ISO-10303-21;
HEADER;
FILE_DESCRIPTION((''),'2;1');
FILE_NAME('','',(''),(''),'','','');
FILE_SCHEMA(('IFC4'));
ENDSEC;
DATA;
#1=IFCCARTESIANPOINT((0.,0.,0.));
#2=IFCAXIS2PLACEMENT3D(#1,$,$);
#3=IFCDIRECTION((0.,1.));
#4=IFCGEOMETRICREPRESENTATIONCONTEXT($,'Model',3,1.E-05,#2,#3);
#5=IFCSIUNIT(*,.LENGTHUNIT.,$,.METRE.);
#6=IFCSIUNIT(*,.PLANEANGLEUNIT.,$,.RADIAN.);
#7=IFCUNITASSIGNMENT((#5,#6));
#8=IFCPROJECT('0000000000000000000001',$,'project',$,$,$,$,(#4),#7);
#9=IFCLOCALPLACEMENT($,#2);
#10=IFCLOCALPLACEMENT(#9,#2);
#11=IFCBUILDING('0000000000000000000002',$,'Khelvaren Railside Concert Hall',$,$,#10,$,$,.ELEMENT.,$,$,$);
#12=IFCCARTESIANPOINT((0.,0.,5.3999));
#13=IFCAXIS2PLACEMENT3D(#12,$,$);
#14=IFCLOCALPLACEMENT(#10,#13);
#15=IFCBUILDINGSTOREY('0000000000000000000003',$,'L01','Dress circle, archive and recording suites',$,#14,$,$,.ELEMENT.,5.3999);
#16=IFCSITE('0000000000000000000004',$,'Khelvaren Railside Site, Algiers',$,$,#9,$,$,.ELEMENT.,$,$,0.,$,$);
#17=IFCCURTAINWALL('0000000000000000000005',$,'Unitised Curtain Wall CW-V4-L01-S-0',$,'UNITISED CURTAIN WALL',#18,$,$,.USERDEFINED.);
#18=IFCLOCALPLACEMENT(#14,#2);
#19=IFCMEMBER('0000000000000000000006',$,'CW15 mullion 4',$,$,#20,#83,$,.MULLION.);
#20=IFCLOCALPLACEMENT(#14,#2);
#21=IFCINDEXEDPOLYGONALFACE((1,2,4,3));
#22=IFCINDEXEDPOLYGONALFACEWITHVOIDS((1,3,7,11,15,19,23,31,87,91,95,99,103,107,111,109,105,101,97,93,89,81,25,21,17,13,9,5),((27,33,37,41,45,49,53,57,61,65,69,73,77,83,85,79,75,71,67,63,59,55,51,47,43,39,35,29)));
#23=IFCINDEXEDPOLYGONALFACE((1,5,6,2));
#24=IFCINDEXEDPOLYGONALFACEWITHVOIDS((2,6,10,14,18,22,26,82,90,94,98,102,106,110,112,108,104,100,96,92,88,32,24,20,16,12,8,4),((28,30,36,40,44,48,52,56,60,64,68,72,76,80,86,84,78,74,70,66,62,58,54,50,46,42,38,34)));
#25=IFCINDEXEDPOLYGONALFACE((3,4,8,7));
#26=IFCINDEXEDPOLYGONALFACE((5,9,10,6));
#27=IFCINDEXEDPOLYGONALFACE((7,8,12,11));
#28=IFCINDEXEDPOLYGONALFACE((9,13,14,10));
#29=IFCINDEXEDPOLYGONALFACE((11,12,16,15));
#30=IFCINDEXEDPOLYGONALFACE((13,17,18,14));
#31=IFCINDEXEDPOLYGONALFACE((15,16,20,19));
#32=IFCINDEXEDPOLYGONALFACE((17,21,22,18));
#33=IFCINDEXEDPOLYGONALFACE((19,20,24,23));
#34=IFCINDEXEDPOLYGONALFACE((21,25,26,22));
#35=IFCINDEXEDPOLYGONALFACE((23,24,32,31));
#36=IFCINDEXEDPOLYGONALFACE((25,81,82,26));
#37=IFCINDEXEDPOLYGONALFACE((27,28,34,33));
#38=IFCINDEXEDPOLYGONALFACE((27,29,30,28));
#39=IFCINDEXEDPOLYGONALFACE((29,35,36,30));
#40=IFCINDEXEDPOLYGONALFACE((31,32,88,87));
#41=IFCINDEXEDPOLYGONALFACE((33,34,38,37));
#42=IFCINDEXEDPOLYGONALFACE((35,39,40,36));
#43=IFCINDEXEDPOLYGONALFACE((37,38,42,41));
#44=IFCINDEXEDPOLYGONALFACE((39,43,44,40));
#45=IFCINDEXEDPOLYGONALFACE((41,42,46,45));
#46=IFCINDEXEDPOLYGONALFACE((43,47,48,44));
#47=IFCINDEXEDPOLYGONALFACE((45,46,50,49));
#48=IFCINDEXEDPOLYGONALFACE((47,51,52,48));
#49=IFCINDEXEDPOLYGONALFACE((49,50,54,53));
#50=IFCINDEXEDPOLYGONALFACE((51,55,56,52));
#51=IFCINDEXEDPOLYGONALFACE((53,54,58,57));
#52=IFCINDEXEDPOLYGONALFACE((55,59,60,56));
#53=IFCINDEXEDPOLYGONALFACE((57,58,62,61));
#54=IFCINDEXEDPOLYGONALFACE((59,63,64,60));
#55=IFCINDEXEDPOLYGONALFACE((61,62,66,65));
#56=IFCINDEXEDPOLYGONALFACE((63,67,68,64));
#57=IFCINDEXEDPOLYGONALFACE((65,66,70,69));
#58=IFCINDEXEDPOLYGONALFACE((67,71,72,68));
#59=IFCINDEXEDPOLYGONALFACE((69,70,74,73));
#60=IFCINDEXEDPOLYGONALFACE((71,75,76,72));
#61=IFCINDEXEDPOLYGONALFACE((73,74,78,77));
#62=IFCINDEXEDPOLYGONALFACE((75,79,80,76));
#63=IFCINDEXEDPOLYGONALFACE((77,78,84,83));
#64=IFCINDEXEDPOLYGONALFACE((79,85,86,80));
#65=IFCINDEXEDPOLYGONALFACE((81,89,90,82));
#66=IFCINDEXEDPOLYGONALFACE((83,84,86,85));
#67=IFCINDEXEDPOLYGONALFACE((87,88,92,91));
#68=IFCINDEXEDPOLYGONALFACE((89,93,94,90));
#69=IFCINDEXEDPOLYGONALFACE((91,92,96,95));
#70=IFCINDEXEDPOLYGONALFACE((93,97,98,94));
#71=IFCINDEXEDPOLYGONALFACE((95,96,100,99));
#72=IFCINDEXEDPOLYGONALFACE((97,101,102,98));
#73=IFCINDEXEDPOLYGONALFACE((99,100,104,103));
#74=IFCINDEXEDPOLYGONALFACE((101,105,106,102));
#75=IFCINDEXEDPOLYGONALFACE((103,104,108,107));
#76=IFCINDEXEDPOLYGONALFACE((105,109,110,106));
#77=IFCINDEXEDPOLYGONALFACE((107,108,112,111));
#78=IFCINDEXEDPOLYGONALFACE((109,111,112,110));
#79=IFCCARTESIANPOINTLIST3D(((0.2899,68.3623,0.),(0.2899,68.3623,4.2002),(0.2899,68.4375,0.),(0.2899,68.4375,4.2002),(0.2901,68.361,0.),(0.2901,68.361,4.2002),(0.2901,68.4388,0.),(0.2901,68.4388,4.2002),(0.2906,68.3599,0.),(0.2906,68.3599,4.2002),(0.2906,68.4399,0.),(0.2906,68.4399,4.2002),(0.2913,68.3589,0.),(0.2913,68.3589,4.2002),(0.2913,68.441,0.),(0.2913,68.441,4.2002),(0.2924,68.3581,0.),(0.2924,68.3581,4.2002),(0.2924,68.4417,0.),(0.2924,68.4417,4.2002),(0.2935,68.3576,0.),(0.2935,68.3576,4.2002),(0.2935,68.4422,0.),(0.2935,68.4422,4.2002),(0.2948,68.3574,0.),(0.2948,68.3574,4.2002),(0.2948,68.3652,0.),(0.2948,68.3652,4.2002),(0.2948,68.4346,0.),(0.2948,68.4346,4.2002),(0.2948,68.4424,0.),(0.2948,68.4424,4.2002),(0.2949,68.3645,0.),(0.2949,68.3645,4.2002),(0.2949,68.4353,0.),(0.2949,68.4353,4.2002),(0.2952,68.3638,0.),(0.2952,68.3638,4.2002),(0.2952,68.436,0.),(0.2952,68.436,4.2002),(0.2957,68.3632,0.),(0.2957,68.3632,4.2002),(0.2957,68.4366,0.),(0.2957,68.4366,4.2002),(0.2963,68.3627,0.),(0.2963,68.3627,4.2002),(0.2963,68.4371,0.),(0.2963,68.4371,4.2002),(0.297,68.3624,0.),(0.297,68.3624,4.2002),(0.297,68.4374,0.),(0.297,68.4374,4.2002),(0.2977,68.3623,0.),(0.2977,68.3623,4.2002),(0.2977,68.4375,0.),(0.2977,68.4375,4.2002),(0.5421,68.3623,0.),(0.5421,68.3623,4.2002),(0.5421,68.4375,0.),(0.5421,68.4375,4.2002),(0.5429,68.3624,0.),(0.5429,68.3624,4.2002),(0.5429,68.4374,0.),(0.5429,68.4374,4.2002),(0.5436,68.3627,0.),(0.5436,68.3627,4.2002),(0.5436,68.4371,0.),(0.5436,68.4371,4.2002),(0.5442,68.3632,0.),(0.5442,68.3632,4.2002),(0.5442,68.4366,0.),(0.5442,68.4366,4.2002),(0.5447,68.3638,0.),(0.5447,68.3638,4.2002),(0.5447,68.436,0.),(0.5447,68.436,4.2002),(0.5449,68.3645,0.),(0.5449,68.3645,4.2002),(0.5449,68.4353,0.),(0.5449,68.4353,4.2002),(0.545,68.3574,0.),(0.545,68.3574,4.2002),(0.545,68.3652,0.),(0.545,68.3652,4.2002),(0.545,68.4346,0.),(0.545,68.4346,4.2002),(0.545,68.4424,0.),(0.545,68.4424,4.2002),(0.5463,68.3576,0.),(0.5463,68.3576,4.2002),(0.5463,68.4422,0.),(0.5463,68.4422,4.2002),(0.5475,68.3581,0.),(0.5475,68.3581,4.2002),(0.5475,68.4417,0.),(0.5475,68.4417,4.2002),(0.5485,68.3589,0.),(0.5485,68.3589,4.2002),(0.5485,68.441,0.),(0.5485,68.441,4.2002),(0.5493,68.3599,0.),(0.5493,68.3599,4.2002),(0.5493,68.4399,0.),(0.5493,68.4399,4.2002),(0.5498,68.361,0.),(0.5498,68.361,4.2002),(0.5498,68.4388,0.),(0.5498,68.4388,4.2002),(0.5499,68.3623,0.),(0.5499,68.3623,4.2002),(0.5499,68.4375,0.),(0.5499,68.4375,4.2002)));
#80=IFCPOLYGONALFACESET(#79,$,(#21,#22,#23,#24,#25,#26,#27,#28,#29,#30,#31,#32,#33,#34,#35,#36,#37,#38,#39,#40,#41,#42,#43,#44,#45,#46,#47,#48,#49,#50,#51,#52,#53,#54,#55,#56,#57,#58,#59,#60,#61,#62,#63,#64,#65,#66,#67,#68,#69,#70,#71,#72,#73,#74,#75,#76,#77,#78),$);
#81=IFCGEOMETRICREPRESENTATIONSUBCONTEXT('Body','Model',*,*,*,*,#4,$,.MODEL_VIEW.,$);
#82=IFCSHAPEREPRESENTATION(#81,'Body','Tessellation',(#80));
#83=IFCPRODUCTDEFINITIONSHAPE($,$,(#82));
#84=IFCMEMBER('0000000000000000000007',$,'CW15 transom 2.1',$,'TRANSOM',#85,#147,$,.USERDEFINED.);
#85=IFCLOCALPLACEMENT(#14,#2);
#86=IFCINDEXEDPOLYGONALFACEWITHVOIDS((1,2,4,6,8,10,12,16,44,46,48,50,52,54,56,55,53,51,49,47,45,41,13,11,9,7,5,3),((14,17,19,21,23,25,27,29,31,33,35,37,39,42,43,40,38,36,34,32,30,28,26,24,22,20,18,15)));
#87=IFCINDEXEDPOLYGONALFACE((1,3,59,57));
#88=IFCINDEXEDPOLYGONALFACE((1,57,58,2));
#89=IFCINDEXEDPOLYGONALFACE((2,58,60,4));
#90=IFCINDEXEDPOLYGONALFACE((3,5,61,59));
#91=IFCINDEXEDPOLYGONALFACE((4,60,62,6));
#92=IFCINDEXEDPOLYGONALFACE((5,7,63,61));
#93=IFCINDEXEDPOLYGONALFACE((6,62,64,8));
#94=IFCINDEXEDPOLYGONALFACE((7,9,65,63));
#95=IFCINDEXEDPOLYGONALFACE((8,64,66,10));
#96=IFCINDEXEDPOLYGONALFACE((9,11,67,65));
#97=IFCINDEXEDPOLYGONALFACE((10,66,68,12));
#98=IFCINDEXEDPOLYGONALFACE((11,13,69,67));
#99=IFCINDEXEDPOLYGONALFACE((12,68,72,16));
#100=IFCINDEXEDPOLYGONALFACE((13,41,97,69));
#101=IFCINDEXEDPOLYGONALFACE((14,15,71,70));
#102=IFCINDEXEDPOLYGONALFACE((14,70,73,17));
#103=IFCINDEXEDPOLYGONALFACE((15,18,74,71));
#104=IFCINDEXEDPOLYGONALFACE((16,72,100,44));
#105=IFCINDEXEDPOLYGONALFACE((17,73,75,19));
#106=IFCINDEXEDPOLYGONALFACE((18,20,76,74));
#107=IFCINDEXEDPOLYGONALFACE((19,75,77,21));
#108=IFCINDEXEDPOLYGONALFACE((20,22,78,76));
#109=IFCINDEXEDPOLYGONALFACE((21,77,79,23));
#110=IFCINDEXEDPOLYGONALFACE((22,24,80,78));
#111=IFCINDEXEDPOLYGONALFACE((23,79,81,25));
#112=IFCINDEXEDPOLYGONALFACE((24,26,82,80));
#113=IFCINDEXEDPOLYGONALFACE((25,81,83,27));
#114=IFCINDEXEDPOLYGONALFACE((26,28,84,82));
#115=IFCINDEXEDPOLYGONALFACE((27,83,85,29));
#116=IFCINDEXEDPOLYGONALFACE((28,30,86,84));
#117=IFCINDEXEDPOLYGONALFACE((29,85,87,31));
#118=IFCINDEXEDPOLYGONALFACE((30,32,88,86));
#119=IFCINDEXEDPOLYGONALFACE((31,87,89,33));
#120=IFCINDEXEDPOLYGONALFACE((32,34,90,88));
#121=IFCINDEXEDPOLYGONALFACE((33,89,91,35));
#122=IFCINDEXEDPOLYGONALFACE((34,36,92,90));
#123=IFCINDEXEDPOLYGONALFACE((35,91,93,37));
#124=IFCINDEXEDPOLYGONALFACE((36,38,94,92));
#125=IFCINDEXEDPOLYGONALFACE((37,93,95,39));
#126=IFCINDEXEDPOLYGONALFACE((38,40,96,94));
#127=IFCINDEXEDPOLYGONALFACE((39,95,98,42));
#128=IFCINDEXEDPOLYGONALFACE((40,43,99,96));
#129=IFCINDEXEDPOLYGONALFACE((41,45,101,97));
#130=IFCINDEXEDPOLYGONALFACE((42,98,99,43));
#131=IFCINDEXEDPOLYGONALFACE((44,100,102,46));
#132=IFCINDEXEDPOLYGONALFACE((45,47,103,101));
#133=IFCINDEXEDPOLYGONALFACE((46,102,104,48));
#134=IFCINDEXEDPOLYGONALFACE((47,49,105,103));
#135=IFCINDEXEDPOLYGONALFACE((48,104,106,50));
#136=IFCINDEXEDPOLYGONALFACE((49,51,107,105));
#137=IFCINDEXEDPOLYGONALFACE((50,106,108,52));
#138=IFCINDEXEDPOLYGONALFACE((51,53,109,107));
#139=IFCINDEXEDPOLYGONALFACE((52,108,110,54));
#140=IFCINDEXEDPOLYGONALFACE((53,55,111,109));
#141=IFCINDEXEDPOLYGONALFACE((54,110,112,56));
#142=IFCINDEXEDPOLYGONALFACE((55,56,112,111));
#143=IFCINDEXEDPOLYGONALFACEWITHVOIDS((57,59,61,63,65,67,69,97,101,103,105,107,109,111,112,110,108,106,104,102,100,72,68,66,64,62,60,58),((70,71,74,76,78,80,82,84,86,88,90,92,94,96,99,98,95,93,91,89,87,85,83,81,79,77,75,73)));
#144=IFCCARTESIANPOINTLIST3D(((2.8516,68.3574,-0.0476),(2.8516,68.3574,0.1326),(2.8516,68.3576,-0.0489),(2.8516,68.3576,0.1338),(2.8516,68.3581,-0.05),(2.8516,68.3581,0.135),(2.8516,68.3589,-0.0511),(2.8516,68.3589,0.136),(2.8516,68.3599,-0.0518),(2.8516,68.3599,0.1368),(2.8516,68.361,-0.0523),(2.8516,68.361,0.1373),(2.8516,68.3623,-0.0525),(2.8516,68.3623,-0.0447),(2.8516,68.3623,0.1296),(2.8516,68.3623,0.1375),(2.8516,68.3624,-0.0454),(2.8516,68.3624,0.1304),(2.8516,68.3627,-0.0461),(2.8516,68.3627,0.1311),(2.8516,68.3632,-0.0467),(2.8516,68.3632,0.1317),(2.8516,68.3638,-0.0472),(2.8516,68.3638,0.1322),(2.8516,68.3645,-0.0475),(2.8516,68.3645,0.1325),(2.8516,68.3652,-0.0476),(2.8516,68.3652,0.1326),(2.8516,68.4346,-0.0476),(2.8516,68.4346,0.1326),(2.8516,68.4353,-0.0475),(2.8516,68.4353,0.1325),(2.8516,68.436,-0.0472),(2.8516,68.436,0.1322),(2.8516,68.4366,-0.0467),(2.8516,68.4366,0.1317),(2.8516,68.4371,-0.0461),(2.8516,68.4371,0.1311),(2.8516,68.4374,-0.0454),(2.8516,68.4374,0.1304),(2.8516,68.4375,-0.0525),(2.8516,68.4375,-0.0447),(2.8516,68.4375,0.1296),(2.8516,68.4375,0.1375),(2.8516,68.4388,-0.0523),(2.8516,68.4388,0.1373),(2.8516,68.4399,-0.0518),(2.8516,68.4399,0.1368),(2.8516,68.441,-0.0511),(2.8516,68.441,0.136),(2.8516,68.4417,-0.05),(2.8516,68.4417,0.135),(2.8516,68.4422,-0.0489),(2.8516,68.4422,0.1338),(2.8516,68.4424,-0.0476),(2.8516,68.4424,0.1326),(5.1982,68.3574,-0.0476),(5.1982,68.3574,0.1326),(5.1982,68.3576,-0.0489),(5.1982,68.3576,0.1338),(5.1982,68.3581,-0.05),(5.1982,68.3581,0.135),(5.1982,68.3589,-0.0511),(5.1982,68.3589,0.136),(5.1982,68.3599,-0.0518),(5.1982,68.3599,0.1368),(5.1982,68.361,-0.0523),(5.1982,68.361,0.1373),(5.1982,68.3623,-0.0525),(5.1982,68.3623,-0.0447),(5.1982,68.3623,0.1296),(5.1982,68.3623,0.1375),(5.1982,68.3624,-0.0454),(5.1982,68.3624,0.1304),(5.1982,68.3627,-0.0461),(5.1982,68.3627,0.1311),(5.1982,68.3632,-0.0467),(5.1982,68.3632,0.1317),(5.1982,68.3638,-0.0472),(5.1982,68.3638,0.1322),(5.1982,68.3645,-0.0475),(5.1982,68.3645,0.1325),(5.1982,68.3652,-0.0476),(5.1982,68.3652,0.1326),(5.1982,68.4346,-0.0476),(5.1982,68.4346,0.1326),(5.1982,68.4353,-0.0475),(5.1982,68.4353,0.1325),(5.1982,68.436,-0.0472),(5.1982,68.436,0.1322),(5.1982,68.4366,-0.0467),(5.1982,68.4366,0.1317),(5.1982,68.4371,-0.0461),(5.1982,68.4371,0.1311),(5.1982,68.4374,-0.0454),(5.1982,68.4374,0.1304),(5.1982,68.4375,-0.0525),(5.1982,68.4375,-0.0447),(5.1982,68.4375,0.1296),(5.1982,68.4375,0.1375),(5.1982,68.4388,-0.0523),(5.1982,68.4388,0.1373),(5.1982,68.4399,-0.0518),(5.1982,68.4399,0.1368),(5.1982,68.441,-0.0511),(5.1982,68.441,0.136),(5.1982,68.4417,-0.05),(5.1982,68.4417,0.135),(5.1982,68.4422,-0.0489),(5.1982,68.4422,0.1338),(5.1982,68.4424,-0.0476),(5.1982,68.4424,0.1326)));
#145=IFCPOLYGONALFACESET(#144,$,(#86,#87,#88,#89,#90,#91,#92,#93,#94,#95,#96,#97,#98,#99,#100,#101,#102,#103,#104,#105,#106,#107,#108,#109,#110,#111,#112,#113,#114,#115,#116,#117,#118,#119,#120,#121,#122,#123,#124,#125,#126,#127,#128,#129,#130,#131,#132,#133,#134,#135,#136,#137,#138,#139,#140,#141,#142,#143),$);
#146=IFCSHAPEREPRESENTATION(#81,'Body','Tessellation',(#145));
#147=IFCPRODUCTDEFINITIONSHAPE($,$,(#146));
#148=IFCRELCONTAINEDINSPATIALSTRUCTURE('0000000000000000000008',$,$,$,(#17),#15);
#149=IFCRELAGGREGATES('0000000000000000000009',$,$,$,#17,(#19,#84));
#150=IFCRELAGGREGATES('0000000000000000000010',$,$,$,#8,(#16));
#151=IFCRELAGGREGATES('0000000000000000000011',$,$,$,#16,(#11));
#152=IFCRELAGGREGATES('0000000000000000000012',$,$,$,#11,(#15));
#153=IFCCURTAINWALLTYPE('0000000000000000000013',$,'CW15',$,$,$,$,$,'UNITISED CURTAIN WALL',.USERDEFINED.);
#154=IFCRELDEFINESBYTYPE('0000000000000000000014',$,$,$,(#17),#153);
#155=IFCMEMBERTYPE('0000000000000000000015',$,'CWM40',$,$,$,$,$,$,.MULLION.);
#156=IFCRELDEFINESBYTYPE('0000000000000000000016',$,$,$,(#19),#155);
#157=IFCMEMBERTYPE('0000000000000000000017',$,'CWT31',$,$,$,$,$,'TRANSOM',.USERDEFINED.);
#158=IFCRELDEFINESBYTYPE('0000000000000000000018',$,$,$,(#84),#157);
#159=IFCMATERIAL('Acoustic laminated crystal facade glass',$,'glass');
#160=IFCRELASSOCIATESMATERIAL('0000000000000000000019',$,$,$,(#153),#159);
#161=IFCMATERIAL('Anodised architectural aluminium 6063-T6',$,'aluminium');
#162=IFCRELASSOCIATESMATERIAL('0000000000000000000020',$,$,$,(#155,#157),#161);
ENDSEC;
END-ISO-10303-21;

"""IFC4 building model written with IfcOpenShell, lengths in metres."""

from ifc_helpers import new_model, si_unit, direction, frame, origin, origin_2d, place, context, subcontext, project, spatial, hollow_rectangle, extrude, material, material_profile, profile_set, type_object, element, aggregate, save


model = new_model("IFC4")

# Units and contexts
model_context = context("Model", 3, precision=1e-05, world=origin(), true_north=direction((0.0, 1.0)))
body_context = subcontext(model_context, "Body", "Model", "MODEL_VIEW")
ifc_project = project(units=[si_unit("LENGTHUNIT", "METRE"), si_unit("PLANEANGLEUNIT", "RADIAN")], contexts=[model_context])

# Site, building, storey
site_placement = place(None, origin())
site = spatial("IfcSite", under=ifc_project, at=site_placement, Name="Khelvaren Railside Site, Algiers", CompositionType="ELEMENT", RefElevation=0.0)
building_placement = place(site_placement, origin())
building = spatial("IfcBuilding", under=site, at=building_placement, Name="Khelvaren Railside Concert Hall", CompositionType="ELEMENT")
storey_placement = place(building_placement, frame((0.0, 0.0, 5.3999)))
storey = spatial("IfcBuildingStorey", under=building, at=storey_placement, Name="L01", Description="Dress circle, archive and recording suites", CompositionType="ELEMENT", Elevation=5.3999)

# Curtain wall, members
ifc_material_1 = material(Name="Acoustic laminated crystal facade glass", Category="glass")
curtain_wall_type = type_object("IfcCurtainWallType", Name="CW15", ElementType="UNITISED CURTAIN WALL", PredefinedType="USERDEFINED", material=ifc_material_1)
curtain_wall_placement = place(storey_placement, origin())
curtain_wall = element("IfcCurtainWall", 1, at=curtain_wall_placement, inside=storey, type_object=curtain_wall_type, Name="Unitised Curtain Wall CW-V4-L01-S-0", ObjectType="UNITISED CURTAIN WALL", PredefinedType="USERDEFINED")
ifc_material_2 = material(Name="Anodised architectural aluminium 6063-T6", Category="aluminium")
ifc_material_profile_1 = material_profile(ifc_material_2, hollow_rectangle(XDim=0.085, YDim=0.26, WallThickness=0.0049, InnerFilletRadius=0.0029, OuterFilletRadius=0.0049, at=origin_2d()), Name="CWM 85x260x5")
ifc_profile_set_1 = profile_set([ifc_material_profile_1], Name="Anodised architectural aluminium 6063-T6")
member_type_1 = type_object("IfcMemberType", Name="CWM40", PredefinedType="MULLION", material=ifc_profile_set_1)
member_1_placement = place(storey_placement, frame((0.4199, 68.3999, 0.0), z_axis=(0.0, 0.0, 1.0), x_axis=(0.0, -1.0, 0.0)))
member_1 = element("IfcMember", 2, at=member_1_placement, type_object=member_type_1, Name="CW15 mullion 4", PredefinedType="MULLION", context=body_context, shape_type="SweptSolid", body=[
    extrude(hollow_rectangle(XDim=0.085, YDim=0.26, WallThickness=0.0049, InnerFilletRadius=0.0029, OuterFilletRadius=0.0049, at=origin_2d()), origin(), (0.0, 0.0, 1.0), 4.2002),
])
ifc_material_profile_2 = material_profile(ifc_material_2, hollow_rectangle(XDim=0.085, YDim=0.1899, WallThickness=0.0049, InnerFilletRadius=0.0029, OuterFilletRadius=0.0049, at=origin_2d()), Name="CWT 85x190x5")
ifc_profile_set_2 = profile_set([ifc_material_profile_2], Name="Anodised architectural aluminium 6063-T6")
member_type_2 = type_object("IfcMemberType", Name="CWT31", ElementType="TRANSOM", PredefinedType="USERDEFINED", material=ifc_profile_set_2)
member_2_placement = place(storey_placement, frame((5.1982, 68.3999, 0.0425), z_axis=(-1.0, 0.0, 0.0), x_axis=(0.0, -1.0, 0.0)))
member_2 = element("IfcMember", 3, at=member_2_placement, type_object=member_type_2, Name="CW15 transom 2.1", ObjectType="TRANSOM", PredefinedType="USERDEFINED", context=body_context, shape_type="SweptSolid", body=[
    extrude(hollow_rectangle(XDim=0.085, YDim=0.1899, WallThickness=0.0049, InnerFilletRadius=0.0029, OuterFilletRadius=0.0049, at=origin_2d()), origin(), (0.0, 0.0, 1.0), 2.3467),
])

aggregate(curtain_wall, [member_1, member_2])

save(model, "model.ifc")
